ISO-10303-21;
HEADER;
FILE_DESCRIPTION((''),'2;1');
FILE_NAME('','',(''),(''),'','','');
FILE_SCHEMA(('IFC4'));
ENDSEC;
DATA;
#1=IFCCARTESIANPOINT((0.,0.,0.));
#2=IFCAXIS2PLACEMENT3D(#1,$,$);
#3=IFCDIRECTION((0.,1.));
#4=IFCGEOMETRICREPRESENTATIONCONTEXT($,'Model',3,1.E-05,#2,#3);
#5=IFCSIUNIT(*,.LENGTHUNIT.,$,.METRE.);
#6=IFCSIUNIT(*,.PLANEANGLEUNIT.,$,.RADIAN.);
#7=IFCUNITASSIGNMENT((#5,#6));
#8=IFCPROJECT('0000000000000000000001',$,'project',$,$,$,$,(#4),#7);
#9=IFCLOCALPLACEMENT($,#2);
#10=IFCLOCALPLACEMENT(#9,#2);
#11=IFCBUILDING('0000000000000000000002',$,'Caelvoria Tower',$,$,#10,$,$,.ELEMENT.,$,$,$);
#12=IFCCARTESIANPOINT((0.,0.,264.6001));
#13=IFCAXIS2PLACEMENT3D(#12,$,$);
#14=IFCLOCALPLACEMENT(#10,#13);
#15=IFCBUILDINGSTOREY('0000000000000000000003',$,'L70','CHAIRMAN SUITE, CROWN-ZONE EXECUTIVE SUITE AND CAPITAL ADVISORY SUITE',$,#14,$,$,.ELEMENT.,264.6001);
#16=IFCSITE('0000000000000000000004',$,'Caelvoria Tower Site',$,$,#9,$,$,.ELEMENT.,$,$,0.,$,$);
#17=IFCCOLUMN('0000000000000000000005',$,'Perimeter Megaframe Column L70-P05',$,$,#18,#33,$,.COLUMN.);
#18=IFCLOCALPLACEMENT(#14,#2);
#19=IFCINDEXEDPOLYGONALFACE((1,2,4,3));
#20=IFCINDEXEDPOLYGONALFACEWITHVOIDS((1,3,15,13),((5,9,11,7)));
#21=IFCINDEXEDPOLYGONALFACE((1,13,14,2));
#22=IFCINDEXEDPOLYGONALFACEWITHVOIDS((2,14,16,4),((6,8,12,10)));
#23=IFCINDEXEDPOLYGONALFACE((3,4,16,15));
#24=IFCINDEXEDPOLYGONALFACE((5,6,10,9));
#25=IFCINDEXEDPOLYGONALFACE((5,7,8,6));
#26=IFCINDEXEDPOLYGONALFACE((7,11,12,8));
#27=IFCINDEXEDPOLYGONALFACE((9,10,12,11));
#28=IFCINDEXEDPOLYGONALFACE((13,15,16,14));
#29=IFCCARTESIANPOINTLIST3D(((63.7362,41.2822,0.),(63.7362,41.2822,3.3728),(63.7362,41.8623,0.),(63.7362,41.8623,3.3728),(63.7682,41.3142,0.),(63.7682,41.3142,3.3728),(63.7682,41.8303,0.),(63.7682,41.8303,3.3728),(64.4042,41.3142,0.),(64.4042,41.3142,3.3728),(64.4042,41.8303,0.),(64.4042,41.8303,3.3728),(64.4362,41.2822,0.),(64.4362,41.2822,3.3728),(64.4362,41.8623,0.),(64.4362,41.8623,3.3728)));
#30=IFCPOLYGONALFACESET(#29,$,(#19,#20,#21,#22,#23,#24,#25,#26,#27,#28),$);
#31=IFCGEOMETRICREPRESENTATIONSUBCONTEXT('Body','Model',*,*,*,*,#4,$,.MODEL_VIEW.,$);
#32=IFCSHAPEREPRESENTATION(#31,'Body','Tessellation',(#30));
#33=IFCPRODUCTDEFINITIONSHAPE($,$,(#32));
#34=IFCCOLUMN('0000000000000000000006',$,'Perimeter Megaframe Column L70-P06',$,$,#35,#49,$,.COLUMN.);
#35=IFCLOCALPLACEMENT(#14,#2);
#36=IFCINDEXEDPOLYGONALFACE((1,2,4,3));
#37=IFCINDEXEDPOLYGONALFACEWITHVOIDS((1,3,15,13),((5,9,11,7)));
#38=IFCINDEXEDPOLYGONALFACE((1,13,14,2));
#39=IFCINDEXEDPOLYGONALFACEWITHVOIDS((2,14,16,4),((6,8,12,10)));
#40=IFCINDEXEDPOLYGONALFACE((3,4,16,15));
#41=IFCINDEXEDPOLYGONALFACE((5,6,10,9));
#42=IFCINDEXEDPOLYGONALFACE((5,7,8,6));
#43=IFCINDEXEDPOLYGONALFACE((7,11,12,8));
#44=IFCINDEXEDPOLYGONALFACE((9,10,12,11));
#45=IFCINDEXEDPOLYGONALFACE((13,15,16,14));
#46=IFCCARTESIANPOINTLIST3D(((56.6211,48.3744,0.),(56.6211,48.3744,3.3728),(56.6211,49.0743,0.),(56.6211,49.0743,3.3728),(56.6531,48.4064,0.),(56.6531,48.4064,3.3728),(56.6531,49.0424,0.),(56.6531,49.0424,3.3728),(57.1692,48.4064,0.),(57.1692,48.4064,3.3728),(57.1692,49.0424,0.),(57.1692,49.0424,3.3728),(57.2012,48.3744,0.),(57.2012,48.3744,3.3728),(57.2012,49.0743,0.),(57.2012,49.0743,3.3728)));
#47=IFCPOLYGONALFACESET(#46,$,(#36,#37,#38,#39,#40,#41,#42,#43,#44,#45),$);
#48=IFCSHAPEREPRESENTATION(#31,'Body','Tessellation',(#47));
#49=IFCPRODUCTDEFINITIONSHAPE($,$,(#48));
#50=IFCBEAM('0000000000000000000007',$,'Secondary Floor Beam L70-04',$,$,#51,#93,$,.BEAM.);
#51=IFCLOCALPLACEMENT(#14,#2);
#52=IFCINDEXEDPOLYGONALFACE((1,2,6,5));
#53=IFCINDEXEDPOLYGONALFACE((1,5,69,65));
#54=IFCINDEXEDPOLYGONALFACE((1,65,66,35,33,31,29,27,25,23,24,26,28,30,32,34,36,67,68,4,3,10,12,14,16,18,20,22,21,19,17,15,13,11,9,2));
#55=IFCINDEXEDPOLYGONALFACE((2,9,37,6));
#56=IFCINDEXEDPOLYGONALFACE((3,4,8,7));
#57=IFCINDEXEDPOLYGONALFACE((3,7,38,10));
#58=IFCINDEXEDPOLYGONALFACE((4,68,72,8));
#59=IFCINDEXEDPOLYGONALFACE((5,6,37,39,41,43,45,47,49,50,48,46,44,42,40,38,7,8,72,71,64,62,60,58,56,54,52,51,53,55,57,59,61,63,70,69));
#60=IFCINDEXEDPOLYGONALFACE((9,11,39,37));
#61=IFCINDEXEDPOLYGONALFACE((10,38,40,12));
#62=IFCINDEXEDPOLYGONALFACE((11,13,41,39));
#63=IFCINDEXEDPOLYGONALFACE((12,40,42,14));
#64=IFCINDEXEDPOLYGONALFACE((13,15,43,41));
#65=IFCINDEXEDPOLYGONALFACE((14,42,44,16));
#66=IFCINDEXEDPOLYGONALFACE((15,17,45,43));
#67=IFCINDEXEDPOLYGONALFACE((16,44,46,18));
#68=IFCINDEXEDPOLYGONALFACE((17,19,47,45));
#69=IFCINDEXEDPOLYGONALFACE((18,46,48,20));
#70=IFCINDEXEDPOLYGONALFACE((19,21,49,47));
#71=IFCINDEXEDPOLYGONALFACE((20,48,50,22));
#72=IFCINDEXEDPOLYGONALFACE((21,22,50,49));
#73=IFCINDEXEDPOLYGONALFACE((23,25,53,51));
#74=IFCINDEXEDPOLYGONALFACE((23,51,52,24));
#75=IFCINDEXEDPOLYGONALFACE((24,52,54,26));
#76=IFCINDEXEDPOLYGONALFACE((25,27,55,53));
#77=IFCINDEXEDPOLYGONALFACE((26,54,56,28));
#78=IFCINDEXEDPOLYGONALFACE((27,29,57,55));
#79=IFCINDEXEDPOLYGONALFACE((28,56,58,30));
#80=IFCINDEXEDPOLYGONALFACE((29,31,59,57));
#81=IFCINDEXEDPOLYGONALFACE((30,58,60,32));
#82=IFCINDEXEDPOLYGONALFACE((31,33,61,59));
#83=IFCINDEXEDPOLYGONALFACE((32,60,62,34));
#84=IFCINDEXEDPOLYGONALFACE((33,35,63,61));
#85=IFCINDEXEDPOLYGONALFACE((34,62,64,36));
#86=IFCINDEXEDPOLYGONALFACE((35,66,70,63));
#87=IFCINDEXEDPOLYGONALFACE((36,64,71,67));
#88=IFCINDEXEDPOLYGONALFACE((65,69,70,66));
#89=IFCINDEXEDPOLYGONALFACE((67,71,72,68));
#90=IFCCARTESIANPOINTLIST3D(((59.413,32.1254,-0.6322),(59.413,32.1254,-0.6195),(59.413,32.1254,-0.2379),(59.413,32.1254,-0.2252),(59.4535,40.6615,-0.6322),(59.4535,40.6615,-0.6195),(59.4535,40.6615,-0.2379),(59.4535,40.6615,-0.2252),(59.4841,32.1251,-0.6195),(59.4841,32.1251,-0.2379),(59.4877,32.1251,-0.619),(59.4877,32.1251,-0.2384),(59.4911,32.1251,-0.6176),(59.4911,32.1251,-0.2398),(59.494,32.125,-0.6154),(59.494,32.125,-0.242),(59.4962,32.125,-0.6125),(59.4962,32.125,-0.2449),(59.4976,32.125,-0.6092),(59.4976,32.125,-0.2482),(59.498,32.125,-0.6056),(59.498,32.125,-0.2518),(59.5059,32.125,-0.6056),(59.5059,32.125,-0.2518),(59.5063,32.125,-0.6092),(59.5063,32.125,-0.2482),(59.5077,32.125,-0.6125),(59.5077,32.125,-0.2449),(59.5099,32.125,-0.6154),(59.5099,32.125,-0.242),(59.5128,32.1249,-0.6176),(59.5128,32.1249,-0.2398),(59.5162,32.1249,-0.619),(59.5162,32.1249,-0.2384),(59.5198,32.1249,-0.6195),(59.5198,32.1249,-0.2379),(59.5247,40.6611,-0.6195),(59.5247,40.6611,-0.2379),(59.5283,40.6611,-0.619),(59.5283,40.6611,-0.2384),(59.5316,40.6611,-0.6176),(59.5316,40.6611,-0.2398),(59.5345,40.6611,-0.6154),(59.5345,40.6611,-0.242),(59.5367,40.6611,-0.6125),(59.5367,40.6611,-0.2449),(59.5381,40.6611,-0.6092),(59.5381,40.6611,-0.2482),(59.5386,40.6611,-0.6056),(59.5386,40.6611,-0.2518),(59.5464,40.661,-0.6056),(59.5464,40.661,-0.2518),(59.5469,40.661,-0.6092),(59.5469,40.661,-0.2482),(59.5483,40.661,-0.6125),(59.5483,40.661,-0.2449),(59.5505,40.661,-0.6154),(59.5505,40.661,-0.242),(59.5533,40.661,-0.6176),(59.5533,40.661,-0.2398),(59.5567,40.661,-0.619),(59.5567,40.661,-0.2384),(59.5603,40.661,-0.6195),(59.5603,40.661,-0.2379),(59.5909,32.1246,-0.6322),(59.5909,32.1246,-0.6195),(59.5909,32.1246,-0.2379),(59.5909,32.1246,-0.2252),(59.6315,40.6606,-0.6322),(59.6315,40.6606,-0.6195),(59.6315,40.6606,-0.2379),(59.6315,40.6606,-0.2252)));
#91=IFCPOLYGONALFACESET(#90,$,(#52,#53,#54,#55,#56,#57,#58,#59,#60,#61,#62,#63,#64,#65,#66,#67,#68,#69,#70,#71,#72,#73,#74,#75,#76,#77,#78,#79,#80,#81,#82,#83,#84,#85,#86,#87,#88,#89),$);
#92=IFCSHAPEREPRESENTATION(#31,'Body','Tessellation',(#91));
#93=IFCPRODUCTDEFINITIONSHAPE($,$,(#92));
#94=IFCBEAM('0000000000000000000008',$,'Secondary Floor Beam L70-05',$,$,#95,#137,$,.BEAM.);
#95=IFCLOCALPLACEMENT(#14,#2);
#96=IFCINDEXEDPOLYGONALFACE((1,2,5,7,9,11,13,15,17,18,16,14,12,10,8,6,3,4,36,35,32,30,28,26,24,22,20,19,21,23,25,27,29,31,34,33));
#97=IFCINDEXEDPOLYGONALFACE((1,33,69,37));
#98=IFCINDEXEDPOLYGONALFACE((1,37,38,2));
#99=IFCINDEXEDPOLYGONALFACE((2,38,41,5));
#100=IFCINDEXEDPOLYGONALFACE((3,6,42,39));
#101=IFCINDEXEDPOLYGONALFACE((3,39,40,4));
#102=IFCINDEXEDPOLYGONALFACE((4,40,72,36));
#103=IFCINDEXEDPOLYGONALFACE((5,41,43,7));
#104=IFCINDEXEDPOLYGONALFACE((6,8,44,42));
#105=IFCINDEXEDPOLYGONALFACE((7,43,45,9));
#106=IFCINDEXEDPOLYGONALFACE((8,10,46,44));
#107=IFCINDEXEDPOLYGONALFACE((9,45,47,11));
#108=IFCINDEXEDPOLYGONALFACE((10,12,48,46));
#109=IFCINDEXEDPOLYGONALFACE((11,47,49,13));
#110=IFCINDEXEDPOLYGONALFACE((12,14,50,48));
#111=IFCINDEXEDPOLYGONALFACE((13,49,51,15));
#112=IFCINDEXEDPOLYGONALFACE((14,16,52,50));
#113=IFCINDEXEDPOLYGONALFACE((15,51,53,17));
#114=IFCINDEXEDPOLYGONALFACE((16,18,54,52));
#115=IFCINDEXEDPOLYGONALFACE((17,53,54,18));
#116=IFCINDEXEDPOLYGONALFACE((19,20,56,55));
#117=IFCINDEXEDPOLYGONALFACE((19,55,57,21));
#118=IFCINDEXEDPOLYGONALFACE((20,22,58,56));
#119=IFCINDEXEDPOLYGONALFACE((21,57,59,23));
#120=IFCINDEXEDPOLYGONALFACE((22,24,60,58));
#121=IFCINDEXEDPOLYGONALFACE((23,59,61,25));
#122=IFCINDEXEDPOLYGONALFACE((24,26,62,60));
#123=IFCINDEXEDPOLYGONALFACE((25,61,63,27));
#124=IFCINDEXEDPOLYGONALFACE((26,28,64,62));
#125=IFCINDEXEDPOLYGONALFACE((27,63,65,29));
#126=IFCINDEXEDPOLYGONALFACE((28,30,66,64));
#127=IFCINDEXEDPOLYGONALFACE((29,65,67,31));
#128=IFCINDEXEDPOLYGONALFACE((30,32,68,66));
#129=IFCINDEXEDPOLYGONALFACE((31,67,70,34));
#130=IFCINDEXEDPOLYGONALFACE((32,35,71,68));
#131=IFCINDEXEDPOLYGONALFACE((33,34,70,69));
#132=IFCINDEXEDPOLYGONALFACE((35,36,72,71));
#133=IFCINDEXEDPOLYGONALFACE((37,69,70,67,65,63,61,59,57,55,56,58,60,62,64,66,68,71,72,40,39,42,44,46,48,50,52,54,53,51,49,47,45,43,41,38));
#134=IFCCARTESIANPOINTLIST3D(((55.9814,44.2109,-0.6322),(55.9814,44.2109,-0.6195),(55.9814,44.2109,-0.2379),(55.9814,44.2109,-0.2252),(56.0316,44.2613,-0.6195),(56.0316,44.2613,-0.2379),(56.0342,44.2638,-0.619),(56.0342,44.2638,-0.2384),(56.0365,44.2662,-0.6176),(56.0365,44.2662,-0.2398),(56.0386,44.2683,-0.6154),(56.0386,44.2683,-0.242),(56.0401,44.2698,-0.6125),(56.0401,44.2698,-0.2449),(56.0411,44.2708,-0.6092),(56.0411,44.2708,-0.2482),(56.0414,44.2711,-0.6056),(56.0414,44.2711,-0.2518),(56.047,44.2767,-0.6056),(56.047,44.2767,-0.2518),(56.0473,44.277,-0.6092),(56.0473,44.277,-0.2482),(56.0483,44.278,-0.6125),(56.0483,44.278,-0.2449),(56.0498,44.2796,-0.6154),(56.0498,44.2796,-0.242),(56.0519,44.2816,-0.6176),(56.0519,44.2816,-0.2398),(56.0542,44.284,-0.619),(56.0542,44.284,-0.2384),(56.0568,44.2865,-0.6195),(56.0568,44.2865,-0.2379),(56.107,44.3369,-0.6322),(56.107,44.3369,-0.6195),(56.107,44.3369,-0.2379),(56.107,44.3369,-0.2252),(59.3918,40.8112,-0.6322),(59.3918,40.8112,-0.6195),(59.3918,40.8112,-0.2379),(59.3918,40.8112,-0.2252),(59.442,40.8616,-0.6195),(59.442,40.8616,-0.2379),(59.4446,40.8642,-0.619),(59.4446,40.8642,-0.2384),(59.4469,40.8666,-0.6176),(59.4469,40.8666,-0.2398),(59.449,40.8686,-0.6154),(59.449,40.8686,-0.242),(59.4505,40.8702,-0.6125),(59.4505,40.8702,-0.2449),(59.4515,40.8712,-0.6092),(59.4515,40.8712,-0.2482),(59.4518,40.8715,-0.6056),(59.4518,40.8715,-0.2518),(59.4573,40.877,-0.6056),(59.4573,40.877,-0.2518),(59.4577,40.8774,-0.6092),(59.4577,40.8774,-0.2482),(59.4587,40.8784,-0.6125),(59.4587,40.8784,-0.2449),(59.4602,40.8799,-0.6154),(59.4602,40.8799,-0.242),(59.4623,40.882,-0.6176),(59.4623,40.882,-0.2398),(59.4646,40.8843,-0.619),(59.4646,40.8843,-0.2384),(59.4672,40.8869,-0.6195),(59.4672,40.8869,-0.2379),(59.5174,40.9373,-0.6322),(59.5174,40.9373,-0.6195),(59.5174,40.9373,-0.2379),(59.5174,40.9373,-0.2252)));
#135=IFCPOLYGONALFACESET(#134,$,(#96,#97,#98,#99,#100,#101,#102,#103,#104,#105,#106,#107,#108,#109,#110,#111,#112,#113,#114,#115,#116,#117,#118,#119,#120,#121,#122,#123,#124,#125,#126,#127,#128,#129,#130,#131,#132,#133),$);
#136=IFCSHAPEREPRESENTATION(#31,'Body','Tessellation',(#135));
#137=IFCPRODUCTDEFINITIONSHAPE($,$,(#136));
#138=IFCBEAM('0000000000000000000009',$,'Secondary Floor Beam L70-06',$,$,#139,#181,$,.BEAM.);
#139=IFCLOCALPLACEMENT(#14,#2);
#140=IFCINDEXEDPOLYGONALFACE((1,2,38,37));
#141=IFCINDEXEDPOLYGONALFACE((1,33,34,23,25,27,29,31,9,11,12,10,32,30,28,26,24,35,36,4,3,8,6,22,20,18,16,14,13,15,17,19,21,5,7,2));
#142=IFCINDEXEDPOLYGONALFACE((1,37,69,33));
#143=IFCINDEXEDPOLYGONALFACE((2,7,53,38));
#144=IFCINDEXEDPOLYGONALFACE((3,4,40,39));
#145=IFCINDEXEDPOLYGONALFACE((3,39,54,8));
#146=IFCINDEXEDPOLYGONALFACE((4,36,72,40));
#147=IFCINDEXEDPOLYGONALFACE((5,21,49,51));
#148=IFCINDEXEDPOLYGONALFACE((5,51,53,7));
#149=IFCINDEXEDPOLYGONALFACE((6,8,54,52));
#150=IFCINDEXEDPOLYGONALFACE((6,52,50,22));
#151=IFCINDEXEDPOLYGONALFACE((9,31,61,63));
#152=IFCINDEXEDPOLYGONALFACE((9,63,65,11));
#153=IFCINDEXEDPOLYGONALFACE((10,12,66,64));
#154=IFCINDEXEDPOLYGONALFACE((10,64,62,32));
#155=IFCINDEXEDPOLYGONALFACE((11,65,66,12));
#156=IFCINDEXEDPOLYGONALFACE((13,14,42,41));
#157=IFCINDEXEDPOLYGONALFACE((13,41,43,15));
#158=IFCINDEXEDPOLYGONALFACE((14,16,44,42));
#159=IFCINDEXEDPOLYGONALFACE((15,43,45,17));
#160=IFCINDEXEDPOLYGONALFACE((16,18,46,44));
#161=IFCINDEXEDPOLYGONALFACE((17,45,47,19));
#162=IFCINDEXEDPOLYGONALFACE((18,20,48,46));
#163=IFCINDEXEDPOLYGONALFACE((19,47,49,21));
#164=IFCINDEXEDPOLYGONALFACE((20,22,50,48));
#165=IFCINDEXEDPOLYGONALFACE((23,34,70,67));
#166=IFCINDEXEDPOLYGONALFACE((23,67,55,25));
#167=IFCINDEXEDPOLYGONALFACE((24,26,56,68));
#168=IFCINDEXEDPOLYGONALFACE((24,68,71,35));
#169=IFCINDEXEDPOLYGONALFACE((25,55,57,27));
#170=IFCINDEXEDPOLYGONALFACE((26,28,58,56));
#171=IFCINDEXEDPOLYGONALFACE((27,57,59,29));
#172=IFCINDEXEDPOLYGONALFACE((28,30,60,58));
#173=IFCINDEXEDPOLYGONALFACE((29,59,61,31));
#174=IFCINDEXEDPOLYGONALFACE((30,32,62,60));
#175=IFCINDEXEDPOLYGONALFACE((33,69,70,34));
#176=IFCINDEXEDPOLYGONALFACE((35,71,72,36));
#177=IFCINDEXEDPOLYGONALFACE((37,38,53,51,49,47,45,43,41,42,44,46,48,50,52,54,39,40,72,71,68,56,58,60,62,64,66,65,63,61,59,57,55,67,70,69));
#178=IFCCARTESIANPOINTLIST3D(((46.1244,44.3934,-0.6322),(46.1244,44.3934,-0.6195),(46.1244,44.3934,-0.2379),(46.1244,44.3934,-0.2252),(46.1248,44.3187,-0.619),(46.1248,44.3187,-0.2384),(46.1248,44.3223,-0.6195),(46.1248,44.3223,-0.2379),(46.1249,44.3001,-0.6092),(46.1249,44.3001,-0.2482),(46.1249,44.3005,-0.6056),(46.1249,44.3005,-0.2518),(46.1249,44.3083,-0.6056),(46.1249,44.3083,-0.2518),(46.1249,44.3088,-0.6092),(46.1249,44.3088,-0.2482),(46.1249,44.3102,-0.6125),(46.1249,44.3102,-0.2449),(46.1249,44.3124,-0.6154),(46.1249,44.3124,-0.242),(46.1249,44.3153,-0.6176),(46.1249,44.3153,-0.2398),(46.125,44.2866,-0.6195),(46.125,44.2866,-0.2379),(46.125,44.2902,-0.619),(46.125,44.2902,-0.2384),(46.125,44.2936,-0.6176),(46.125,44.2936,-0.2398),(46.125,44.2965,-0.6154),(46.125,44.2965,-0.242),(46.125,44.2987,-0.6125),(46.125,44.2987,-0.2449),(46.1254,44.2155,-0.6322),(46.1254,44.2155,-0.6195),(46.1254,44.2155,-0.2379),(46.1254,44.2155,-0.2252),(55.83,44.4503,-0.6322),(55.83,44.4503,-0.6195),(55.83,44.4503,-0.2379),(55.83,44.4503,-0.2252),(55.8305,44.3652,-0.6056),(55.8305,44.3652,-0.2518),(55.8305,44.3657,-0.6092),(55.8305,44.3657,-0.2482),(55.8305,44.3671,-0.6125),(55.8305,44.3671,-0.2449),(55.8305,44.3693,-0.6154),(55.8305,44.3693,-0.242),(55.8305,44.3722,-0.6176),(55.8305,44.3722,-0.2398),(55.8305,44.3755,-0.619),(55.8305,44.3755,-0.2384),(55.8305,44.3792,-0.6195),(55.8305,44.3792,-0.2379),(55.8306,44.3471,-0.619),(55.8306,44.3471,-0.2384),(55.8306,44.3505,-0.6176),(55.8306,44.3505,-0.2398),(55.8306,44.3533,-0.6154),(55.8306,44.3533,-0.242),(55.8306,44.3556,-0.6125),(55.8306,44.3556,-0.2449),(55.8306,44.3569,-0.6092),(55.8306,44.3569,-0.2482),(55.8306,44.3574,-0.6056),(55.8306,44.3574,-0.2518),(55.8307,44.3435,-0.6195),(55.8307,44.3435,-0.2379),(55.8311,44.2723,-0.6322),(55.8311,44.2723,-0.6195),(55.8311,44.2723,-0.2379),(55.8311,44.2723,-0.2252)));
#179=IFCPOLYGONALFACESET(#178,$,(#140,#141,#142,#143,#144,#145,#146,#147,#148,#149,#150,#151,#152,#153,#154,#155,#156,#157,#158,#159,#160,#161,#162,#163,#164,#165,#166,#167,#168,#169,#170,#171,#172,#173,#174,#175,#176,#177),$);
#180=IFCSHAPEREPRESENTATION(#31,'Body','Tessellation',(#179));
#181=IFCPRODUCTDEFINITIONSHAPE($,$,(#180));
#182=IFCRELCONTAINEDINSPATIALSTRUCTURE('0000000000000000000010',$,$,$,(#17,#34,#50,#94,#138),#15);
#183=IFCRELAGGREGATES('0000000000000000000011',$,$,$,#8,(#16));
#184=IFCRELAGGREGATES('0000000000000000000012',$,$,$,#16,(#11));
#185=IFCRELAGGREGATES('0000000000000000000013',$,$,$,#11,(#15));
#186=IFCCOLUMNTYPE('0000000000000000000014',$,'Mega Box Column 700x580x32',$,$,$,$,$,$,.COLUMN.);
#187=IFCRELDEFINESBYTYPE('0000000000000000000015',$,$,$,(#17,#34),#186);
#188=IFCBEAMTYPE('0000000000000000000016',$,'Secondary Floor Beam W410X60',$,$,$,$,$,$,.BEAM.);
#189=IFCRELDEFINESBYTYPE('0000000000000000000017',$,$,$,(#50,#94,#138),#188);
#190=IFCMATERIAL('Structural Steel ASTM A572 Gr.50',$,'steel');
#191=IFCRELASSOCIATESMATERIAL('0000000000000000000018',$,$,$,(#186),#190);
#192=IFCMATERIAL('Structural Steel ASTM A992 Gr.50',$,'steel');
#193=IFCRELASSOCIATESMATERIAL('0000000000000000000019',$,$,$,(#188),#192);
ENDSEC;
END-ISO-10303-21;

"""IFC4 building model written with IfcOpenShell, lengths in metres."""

from ifc_helpers import new_model, si_unit, direction, frame, origin, origin_2d, place, context, subcontext, project, spatial, hollow_rectangle, i_section, extrude, material, material_profile, profile_set, type_object, element, save


model = new_model("IFC4")

# Units and contexts
model_context = context("Model", 3, precision=1e-05, world=origin(), true_north=direction((0.0, 1.0)))
body_context = subcontext(model_context, "Body", "Model", "MODEL_VIEW")
ifc_project = project(units=[si_unit("LENGTHUNIT", "METRE"), si_unit("PLANEANGLEUNIT", "RADIAN")], contexts=[model_context])

# Site, building, storey
site_placement = place(None, origin())
site = spatial("IfcSite", under=ifc_project, at=site_placement, Name="Caelvoria Tower Site", CompositionType="ELEMENT", RefElevation=0.0)
building_placement = place(site_placement, origin())
building = spatial("IfcBuilding", under=site, at=building_placement, Name="Caelvoria Tower", CompositionType="ELEMENT")
storey_placement = place(building_placement, frame((0.0, 0.0, 264.6001)))
storey = spatial("IfcBuildingStorey", under=building, at=storey_placement, Name="L70", Description="CHAIRMAN SUITE, CROWN-ZONE EXECUTIVE SUITE AND CAPITAL ADVISORY SUITE", CompositionType="ELEMENT", Elevation=264.6001)

# Columns
ifc_material_1 = material(Name="Structural Steel ASTM A572 Gr.50", Category="steel")
ifc_material_profile_1 = material_profile(ifc_material_1, hollow_rectangle(XDim=0.5801, YDim=0.7, WallThickness=0.032, at=origin_2d()), Name="Structural Steel ASTM A572 Gr.50")
ifc_profile_set_1 = profile_set([ifc_material_profile_1], Name="BOX700X580X32 - Structural Steel ASTM A572 Gr.50")
column_type = type_object("IfcColumnType", Name="Mega Box Column 700x580x32", PredefinedType="COLUMN", material=ifc_profile_set_1)
for number, where, z_axis, x_axis, name in (
    (1, (64.0862, 41.5723, 0.0), (0.0, 0.0, 1.0), (0.0, 1.0, 0.0), "Perimeter Megaframe Column L70-P05"),
    (2, (56.9111, 48.7244, 0.0), (0.0, 0.0, 1.0), (1.0, 0.0, 0.0), "Perimeter Megaframe Column L70-P06"),
):
    element("IfcColumn", number, at=place(storey_placement, frame(where, z_axis=z_axis, x_axis=x_axis)), inside=storey, type_object=column_type, Name=name, PredefinedType="COLUMN", context=body_context, shape_type="SweptSolid", body=[
        extrude(hollow_rectangle(XDim=0.5801, YDim=0.7, WallThickness=0.032, at=origin_2d()), origin(), (0.0, 0.0, 1.0), 3.3728),
    ])

# Beams
ifc_material_2 = material(Name="Structural Steel ASTM A992 Gr.50", Category="steel")
ifc_material_profile_2 = material_profile(ifc_material_2, i_section(OverallWidth=0.178, OverallDepth=0.407, WebThickness=0.0078, FlangeThickness=0.0127, FilletRadius=0.0139, at=origin_2d()), Name="Structural Steel ASTM A992 Gr.50")
ifc_profile_set_2 = profile_set([ifc_material_profile_2], Name="W410X60 - Structural Steel ASTM A992 Gr.50")
beam_type_1 = type_object("IfcBeamType", Name="Secondary Floor Beam W410X60", PredefinedType="BEAM", material=ifc_profile_set_2)
beam_1_placement = place(storey_placement, frame((59.502, 32.125, -0.4287), z_axis=(0.004748, 0.999989, 0.0), x_axis=(-0.999989, 0.004748, 0.0)))
element("IfcBeam", 3, at=beam_1_placement, inside=storey, type_object=beam_type_1, Name="Secondary Floor Beam L70-04", PredefinedType="BEAM", context=body_context, shape_type="SweptSolid", body=[
    extrude(i_section(OverallWidth=0.178, OverallDepth=0.407, WebThickness=0.0078, FlangeThickness=0.0127, FilletRadius=0.0139, at=origin_2d()), origin(), (0.0, 0.0, 1.0), 8.5361),
])
beam_2_placement = place(storey_placement, frame((59.4546, 40.8743, -0.4287), z_axis=(-0.708221, 0.705991, 0.0), x_axis=(-0.705991, -0.708221, 0.0)))
element("IfcBeam", 4, at=beam_2_placement, inside=storey, type_object=beam_type_1, Name="Secondary Floor Beam L70-05", PredefinedType="BEAM", context=body_context, shape_type="SweptSolid", body=[
    extrude(i_section(OverallWidth=0.178, OverallDepth=0.407, WebThickness=0.0078, FlangeThickness=0.0127, FilletRadius=0.0139, at=origin_2d()), origin(), (0.0, 0.0, 1.0), 4.8154),
])
beam_3_placement = place(storey_placement, frame((55.8306, 44.3613, -0.4287), z_axis=(-0.999983, -0.005861, 0.0), x_axis=(0.005861, -0.999983, 0.0)))
element("IfcBeam", 5, at=beam_3_placement, inside=storey, type_object=beam_type_1, Name="Secondary Floor Beam L70-06", PredefinedType="BEAM", context=body_context, shape_type="SweptSolid", body=[
    extrude(i_section(OverallWidth=0.178, OverallDepth=0.407, WebThickness=0.0078, FlangeThickness=0.0127, FilletRadius=0.0139, at=origin_2d()), origin(), (0.0, 0.0, 1.0), 9.7058),
])

save(model, "model.ifc")
